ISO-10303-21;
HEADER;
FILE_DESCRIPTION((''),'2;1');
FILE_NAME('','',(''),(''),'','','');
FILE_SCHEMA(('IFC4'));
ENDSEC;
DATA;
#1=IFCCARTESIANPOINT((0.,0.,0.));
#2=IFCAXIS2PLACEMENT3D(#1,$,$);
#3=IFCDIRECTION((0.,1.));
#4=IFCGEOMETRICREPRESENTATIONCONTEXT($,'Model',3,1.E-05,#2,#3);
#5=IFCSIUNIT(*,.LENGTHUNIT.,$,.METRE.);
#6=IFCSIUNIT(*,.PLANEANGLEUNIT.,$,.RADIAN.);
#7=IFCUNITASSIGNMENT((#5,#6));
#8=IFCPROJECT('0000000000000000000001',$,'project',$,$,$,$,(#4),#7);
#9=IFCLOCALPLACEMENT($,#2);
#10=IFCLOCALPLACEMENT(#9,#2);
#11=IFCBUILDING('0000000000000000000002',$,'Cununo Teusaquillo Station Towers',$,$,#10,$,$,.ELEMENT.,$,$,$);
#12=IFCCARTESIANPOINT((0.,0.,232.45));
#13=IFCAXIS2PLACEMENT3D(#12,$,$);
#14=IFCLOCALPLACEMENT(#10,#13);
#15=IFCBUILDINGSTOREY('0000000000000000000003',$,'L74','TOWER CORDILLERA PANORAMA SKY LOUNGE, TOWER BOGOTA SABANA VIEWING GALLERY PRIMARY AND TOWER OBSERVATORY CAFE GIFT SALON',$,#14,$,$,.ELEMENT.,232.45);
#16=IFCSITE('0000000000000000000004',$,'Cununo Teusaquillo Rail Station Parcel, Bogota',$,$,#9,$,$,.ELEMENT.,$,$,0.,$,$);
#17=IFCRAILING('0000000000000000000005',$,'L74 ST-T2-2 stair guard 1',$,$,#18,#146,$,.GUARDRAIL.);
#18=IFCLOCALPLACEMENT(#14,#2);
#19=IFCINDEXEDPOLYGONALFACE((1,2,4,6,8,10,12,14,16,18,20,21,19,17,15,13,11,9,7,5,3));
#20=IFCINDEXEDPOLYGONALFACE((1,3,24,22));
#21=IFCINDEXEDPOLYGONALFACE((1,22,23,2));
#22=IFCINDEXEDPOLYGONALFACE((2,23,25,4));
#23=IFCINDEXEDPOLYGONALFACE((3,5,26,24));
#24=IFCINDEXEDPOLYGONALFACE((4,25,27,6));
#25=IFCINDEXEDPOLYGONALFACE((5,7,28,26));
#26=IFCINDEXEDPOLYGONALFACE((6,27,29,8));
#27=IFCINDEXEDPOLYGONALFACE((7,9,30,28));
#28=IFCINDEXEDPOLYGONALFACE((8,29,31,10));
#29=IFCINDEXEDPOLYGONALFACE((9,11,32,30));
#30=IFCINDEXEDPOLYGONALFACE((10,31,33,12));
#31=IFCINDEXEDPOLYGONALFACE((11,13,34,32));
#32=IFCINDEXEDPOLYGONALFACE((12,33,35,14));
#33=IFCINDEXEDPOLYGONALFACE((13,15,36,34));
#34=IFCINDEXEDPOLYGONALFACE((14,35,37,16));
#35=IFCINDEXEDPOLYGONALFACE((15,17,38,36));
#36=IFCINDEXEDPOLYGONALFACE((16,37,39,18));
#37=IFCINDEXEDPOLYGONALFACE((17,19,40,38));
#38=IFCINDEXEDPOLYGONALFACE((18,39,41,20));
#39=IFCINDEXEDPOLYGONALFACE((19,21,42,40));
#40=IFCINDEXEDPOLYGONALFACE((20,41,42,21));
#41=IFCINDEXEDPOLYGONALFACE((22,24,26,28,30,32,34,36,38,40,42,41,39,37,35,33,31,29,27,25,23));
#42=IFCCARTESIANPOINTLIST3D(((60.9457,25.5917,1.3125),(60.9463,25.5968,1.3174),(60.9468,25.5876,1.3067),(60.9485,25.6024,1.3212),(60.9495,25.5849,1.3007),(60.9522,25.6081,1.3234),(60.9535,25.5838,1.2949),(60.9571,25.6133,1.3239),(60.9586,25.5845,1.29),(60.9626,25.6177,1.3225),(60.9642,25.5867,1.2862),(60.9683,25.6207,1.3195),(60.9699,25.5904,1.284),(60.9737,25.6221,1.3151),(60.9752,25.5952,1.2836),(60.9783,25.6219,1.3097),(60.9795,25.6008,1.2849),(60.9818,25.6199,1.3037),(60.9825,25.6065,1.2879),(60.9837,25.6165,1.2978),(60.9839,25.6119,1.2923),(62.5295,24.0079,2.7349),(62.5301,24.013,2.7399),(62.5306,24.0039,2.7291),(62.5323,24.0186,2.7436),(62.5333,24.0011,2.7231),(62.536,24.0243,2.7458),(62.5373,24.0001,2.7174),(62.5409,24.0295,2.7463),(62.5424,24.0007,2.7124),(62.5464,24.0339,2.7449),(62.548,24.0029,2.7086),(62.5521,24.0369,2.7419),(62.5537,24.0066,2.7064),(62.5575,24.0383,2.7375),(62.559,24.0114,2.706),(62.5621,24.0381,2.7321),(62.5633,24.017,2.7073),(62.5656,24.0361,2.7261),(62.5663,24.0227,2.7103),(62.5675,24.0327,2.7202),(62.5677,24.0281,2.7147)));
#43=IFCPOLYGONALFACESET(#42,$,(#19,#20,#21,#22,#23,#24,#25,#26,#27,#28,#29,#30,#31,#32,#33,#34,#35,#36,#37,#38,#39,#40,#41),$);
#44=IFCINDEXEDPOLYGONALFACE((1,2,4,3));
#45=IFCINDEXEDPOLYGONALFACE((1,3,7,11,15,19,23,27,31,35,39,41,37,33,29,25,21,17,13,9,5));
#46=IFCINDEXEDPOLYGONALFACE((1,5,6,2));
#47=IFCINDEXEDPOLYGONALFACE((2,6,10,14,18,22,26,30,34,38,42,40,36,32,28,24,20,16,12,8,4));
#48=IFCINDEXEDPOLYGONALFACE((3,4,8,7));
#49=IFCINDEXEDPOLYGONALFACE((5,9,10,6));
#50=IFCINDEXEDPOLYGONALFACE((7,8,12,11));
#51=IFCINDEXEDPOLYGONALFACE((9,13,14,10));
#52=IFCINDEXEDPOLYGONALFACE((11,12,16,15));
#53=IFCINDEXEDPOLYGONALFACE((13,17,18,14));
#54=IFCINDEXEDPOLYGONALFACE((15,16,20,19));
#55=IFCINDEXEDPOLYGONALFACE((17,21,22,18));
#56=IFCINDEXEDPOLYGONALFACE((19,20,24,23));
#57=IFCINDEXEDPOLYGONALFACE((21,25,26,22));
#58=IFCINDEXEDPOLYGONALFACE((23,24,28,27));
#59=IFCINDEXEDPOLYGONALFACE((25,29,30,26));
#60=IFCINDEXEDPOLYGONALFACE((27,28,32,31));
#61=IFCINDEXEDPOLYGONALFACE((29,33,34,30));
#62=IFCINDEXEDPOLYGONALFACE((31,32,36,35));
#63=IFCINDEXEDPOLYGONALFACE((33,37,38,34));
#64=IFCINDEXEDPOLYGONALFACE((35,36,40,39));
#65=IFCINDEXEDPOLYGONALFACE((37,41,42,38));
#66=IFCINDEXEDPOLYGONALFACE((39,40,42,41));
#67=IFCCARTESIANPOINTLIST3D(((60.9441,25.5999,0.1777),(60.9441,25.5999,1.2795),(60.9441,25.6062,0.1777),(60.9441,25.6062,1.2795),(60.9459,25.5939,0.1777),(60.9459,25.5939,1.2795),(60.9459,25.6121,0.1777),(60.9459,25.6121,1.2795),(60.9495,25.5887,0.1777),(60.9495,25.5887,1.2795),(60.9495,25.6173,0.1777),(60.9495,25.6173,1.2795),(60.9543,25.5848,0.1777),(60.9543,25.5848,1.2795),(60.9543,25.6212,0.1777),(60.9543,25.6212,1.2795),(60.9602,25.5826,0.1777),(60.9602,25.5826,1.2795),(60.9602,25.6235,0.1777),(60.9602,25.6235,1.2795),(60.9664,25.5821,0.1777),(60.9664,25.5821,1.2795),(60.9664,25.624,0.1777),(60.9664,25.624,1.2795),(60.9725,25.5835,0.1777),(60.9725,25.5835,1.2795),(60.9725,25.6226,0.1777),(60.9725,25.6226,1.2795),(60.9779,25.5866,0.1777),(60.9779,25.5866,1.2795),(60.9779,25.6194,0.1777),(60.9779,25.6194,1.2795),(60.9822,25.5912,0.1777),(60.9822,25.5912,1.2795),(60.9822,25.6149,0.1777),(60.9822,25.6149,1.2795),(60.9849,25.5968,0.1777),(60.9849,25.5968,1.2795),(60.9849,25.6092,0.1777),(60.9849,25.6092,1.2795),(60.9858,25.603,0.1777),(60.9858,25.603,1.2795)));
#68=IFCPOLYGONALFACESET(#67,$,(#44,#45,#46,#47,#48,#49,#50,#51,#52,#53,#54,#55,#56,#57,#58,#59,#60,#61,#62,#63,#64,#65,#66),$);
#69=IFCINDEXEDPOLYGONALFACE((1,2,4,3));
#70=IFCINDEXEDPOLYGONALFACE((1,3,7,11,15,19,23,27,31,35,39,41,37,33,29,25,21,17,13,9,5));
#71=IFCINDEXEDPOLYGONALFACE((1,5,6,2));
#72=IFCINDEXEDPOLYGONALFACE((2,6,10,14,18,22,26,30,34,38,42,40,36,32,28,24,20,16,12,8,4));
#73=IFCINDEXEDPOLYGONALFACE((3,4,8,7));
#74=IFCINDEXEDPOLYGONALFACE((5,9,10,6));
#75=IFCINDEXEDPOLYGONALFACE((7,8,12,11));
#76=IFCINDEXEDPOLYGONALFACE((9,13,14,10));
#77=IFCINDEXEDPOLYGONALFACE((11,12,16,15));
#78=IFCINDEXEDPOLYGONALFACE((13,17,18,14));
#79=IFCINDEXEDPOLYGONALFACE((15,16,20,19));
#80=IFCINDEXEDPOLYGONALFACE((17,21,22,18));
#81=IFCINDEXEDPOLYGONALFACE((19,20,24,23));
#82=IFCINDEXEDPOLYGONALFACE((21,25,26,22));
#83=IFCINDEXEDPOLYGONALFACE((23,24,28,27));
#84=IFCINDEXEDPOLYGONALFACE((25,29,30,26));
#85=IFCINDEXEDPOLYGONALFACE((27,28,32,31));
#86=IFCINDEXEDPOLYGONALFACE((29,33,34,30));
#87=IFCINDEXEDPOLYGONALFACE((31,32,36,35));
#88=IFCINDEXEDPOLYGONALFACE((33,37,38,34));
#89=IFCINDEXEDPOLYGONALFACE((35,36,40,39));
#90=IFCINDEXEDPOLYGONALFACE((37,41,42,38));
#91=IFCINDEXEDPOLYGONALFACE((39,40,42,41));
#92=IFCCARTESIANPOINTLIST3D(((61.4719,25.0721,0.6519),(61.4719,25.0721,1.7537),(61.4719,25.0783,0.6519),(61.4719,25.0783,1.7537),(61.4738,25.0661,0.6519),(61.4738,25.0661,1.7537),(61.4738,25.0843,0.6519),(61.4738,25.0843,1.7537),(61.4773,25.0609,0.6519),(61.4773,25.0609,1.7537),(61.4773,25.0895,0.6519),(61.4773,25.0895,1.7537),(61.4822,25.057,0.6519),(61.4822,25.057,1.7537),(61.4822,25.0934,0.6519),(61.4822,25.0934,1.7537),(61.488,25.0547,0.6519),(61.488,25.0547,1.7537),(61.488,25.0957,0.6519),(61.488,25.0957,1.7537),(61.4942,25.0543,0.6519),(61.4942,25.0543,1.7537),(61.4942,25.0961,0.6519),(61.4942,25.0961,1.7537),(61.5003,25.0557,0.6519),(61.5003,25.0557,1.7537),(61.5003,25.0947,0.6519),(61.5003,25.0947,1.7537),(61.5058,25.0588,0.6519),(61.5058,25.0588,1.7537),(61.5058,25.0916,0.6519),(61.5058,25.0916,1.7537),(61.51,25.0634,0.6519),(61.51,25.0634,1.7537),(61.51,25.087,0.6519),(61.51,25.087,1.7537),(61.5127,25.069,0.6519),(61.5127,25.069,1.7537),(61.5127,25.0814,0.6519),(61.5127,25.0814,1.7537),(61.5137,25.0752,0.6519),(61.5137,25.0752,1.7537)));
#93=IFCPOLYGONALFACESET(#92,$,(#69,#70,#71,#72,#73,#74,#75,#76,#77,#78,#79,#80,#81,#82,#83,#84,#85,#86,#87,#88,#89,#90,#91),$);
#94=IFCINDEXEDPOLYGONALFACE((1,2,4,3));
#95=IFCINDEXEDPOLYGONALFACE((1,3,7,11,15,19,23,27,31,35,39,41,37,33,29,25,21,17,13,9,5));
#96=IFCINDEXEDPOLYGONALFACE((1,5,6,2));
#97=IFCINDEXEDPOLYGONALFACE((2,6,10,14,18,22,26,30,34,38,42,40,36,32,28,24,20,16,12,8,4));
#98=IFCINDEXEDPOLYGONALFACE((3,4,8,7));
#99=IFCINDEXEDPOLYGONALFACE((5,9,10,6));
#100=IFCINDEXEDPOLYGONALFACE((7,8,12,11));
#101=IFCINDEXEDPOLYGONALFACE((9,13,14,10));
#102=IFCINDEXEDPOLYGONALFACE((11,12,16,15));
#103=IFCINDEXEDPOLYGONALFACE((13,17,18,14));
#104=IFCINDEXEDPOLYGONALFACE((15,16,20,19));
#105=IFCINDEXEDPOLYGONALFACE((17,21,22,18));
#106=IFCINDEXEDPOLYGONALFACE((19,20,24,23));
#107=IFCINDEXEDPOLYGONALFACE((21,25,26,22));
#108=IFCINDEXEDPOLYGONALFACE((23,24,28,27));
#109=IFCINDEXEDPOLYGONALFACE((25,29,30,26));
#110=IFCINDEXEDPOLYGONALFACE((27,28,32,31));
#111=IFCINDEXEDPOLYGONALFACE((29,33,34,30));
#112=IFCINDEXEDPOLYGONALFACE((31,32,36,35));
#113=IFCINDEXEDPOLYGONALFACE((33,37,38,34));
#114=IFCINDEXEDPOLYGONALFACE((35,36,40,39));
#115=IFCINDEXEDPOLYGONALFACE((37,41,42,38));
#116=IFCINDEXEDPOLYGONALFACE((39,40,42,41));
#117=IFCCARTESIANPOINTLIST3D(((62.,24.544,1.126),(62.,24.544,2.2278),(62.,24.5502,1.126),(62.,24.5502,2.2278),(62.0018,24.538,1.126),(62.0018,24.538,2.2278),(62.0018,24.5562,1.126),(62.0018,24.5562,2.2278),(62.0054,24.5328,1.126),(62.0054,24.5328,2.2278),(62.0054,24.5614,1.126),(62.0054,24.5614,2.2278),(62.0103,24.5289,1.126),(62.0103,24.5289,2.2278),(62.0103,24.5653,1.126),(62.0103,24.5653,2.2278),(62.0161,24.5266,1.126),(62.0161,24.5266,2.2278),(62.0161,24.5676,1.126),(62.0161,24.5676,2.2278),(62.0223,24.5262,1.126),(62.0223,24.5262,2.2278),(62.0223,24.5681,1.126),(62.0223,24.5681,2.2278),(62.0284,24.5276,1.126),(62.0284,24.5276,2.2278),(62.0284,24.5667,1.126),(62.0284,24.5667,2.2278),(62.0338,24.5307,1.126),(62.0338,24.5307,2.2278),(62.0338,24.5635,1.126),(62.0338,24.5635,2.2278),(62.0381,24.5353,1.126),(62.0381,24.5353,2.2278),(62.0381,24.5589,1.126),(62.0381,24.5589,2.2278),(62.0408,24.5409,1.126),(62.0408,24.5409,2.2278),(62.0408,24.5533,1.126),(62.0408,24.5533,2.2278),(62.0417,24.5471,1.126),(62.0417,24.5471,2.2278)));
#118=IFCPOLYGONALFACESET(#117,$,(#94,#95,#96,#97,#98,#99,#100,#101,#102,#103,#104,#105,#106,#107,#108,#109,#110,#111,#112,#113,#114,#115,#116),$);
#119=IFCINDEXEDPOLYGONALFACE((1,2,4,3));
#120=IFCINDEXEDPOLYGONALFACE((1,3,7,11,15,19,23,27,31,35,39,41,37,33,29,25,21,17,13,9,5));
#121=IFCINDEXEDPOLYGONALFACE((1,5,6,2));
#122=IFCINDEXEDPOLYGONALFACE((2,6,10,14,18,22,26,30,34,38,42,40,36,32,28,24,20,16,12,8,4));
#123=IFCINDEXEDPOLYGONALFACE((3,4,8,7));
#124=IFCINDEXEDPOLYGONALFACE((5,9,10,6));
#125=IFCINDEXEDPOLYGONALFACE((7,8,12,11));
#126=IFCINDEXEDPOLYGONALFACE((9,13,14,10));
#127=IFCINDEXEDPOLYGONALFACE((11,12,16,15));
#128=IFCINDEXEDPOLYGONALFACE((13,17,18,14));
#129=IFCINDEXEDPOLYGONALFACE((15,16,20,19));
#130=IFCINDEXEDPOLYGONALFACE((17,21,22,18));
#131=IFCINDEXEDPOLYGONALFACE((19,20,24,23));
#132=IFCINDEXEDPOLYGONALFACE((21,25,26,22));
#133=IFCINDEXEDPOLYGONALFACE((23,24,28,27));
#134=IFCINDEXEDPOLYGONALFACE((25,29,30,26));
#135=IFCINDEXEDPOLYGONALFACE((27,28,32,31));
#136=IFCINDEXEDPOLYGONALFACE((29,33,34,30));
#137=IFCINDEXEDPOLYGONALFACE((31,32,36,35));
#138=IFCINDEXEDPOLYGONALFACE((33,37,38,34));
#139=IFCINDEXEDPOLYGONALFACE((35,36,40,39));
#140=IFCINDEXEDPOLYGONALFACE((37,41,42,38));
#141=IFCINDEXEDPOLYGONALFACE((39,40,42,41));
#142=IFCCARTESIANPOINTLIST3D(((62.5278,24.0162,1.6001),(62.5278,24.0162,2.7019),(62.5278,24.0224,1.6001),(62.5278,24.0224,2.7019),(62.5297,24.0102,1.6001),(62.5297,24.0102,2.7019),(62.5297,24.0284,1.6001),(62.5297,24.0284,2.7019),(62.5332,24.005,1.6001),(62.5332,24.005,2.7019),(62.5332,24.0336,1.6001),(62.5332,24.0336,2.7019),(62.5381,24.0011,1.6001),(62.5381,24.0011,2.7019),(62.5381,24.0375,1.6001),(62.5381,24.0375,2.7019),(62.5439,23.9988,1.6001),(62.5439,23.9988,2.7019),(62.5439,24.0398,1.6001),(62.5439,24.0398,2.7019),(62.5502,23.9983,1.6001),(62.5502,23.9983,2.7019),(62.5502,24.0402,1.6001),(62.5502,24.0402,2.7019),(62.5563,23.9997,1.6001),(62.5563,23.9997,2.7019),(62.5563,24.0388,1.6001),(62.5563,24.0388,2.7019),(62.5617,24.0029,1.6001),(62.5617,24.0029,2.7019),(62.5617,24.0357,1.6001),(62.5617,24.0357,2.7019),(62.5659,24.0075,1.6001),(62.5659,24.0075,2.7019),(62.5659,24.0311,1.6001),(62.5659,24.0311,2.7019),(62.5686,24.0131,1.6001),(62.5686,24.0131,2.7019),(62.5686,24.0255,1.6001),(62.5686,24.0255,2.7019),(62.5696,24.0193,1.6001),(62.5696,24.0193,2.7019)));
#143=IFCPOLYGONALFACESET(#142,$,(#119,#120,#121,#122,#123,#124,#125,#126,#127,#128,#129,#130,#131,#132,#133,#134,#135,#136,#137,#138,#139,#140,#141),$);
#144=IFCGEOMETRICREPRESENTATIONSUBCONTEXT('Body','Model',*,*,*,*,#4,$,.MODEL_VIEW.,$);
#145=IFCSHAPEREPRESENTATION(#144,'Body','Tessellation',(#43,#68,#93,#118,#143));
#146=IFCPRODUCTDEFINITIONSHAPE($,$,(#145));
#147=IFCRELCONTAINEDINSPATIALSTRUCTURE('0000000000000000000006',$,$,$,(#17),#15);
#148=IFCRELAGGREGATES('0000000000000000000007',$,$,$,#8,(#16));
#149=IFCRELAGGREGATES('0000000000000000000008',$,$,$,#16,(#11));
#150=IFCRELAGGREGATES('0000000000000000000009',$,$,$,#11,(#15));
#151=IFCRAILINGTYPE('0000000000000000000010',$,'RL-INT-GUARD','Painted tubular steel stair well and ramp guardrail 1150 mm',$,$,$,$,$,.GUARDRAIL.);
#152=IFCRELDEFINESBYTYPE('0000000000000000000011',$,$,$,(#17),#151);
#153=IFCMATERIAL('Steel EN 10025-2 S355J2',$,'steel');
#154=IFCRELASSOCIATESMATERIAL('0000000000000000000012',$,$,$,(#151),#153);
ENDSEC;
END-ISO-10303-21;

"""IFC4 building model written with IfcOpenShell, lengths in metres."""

from ifc_helpers import new_model, si_unit, direction, frame, origin, origin_2d, place, context, subcontext, project, spatial, circle, extrude, material, type_object, element, save


model = new_model("IFC4")

# Units and contexts
model_context = context("Model", 3, precision=1e-05, world=origin(), true_north=direction((0.0, 1.0)))
body_context = subcontext(model_context, "Body", "Model", "MODEL_VIEW")
ifc_project = project(units=[si_unit("LENGTHUNIT", "METRE"), si_unit("PLANEANGLEUNIT", "RADIAN")], contexts=[model_context])

# Site, building, storey
site_placement = place(None, origin())
site = spatial("IfcSite", under=ifc_project, at=site_placement, Name="Cununo Teusaquillo Rail Station Parcel, Bogota", CompositionType="ELEMENT", RefElevation=0.0)
building_placement = place(site_placement, origin())
building = spatial("IfcBuilding", under=site, at=building_placement, Name="Cununo Teusaquillo Station Towers", CompositionType="ELEMENT")
storey_placement = place(building_placement, frame((0.0, 0.0, 232.45)))
storey = spatial("IfcBuildingStorey", under=building, at=storey_placement, Name="L74", Description="TOWER CORDILLERA PANORAMA SKY LOUNGE, TOWER BOGOTA SABANA VIEWING GALLERY PRIMARY AND TOWER OBSERVATORY CAFE GIFT SALON", CompositionType="ELEMENT", Elevation=232.45)

# Railing
ifc_material_1 = material(Name="Steel EN 10025-2 S355J2", Category="steel")
railing_type_1 = type_object("IfcRailingType", Name="RL-INT-GUARD", Description="Painted tubular steel stair well and ramp guardrail 1150 mm", PredefinedType="GUARDRAIL", material=ifc_material_1)
railing_1_placement = place(storey_placement, frame((60.9648, 25.603, 0.1777)))
element("IfcRailing", 1, at=railing_1_placement, inside=storey, type_object=railing_type_1, Name="L74 ST-T2-2 stair guard 1", PredefinedType="GUARDRAIL", context=body_context, shape_type="SweptSolid", body=[
    extrude(circle(Radius=0.0239, at=origin_2d()), frame((0.0, 0.0, 1.126), z_axis=(0.596912, -0.596912, 0.536089), x_axis=(0.707107, 0.707107, 0.0)), (0.0, 0.0, 1.0), 2.6533),
    extrude(circle(Radius=0.021, at=origin_2d()), origin(), (0.0, 0.0, 1.0), 1.1018),
    extrude(circle(Radius=0.021, at=origin_2d()), frame((0.5278, -0.5278, 0.4741)), (0.0, 0.0, 1.0), 1.1018),
    extrude(circle(Radius=0.021, at=origin_2d()), frame((1.0559, -1.0559, 0.9482)), (0.0, 0.0, 1.0), 1.1018),
    extrude(circle(Radius=0.021, at=origin_2d()), frame((1.5837, -1.5837, 1.4224)), (0.0, 0.0, 1.0), 1.1018),
])

save(model, "model.ifc")
